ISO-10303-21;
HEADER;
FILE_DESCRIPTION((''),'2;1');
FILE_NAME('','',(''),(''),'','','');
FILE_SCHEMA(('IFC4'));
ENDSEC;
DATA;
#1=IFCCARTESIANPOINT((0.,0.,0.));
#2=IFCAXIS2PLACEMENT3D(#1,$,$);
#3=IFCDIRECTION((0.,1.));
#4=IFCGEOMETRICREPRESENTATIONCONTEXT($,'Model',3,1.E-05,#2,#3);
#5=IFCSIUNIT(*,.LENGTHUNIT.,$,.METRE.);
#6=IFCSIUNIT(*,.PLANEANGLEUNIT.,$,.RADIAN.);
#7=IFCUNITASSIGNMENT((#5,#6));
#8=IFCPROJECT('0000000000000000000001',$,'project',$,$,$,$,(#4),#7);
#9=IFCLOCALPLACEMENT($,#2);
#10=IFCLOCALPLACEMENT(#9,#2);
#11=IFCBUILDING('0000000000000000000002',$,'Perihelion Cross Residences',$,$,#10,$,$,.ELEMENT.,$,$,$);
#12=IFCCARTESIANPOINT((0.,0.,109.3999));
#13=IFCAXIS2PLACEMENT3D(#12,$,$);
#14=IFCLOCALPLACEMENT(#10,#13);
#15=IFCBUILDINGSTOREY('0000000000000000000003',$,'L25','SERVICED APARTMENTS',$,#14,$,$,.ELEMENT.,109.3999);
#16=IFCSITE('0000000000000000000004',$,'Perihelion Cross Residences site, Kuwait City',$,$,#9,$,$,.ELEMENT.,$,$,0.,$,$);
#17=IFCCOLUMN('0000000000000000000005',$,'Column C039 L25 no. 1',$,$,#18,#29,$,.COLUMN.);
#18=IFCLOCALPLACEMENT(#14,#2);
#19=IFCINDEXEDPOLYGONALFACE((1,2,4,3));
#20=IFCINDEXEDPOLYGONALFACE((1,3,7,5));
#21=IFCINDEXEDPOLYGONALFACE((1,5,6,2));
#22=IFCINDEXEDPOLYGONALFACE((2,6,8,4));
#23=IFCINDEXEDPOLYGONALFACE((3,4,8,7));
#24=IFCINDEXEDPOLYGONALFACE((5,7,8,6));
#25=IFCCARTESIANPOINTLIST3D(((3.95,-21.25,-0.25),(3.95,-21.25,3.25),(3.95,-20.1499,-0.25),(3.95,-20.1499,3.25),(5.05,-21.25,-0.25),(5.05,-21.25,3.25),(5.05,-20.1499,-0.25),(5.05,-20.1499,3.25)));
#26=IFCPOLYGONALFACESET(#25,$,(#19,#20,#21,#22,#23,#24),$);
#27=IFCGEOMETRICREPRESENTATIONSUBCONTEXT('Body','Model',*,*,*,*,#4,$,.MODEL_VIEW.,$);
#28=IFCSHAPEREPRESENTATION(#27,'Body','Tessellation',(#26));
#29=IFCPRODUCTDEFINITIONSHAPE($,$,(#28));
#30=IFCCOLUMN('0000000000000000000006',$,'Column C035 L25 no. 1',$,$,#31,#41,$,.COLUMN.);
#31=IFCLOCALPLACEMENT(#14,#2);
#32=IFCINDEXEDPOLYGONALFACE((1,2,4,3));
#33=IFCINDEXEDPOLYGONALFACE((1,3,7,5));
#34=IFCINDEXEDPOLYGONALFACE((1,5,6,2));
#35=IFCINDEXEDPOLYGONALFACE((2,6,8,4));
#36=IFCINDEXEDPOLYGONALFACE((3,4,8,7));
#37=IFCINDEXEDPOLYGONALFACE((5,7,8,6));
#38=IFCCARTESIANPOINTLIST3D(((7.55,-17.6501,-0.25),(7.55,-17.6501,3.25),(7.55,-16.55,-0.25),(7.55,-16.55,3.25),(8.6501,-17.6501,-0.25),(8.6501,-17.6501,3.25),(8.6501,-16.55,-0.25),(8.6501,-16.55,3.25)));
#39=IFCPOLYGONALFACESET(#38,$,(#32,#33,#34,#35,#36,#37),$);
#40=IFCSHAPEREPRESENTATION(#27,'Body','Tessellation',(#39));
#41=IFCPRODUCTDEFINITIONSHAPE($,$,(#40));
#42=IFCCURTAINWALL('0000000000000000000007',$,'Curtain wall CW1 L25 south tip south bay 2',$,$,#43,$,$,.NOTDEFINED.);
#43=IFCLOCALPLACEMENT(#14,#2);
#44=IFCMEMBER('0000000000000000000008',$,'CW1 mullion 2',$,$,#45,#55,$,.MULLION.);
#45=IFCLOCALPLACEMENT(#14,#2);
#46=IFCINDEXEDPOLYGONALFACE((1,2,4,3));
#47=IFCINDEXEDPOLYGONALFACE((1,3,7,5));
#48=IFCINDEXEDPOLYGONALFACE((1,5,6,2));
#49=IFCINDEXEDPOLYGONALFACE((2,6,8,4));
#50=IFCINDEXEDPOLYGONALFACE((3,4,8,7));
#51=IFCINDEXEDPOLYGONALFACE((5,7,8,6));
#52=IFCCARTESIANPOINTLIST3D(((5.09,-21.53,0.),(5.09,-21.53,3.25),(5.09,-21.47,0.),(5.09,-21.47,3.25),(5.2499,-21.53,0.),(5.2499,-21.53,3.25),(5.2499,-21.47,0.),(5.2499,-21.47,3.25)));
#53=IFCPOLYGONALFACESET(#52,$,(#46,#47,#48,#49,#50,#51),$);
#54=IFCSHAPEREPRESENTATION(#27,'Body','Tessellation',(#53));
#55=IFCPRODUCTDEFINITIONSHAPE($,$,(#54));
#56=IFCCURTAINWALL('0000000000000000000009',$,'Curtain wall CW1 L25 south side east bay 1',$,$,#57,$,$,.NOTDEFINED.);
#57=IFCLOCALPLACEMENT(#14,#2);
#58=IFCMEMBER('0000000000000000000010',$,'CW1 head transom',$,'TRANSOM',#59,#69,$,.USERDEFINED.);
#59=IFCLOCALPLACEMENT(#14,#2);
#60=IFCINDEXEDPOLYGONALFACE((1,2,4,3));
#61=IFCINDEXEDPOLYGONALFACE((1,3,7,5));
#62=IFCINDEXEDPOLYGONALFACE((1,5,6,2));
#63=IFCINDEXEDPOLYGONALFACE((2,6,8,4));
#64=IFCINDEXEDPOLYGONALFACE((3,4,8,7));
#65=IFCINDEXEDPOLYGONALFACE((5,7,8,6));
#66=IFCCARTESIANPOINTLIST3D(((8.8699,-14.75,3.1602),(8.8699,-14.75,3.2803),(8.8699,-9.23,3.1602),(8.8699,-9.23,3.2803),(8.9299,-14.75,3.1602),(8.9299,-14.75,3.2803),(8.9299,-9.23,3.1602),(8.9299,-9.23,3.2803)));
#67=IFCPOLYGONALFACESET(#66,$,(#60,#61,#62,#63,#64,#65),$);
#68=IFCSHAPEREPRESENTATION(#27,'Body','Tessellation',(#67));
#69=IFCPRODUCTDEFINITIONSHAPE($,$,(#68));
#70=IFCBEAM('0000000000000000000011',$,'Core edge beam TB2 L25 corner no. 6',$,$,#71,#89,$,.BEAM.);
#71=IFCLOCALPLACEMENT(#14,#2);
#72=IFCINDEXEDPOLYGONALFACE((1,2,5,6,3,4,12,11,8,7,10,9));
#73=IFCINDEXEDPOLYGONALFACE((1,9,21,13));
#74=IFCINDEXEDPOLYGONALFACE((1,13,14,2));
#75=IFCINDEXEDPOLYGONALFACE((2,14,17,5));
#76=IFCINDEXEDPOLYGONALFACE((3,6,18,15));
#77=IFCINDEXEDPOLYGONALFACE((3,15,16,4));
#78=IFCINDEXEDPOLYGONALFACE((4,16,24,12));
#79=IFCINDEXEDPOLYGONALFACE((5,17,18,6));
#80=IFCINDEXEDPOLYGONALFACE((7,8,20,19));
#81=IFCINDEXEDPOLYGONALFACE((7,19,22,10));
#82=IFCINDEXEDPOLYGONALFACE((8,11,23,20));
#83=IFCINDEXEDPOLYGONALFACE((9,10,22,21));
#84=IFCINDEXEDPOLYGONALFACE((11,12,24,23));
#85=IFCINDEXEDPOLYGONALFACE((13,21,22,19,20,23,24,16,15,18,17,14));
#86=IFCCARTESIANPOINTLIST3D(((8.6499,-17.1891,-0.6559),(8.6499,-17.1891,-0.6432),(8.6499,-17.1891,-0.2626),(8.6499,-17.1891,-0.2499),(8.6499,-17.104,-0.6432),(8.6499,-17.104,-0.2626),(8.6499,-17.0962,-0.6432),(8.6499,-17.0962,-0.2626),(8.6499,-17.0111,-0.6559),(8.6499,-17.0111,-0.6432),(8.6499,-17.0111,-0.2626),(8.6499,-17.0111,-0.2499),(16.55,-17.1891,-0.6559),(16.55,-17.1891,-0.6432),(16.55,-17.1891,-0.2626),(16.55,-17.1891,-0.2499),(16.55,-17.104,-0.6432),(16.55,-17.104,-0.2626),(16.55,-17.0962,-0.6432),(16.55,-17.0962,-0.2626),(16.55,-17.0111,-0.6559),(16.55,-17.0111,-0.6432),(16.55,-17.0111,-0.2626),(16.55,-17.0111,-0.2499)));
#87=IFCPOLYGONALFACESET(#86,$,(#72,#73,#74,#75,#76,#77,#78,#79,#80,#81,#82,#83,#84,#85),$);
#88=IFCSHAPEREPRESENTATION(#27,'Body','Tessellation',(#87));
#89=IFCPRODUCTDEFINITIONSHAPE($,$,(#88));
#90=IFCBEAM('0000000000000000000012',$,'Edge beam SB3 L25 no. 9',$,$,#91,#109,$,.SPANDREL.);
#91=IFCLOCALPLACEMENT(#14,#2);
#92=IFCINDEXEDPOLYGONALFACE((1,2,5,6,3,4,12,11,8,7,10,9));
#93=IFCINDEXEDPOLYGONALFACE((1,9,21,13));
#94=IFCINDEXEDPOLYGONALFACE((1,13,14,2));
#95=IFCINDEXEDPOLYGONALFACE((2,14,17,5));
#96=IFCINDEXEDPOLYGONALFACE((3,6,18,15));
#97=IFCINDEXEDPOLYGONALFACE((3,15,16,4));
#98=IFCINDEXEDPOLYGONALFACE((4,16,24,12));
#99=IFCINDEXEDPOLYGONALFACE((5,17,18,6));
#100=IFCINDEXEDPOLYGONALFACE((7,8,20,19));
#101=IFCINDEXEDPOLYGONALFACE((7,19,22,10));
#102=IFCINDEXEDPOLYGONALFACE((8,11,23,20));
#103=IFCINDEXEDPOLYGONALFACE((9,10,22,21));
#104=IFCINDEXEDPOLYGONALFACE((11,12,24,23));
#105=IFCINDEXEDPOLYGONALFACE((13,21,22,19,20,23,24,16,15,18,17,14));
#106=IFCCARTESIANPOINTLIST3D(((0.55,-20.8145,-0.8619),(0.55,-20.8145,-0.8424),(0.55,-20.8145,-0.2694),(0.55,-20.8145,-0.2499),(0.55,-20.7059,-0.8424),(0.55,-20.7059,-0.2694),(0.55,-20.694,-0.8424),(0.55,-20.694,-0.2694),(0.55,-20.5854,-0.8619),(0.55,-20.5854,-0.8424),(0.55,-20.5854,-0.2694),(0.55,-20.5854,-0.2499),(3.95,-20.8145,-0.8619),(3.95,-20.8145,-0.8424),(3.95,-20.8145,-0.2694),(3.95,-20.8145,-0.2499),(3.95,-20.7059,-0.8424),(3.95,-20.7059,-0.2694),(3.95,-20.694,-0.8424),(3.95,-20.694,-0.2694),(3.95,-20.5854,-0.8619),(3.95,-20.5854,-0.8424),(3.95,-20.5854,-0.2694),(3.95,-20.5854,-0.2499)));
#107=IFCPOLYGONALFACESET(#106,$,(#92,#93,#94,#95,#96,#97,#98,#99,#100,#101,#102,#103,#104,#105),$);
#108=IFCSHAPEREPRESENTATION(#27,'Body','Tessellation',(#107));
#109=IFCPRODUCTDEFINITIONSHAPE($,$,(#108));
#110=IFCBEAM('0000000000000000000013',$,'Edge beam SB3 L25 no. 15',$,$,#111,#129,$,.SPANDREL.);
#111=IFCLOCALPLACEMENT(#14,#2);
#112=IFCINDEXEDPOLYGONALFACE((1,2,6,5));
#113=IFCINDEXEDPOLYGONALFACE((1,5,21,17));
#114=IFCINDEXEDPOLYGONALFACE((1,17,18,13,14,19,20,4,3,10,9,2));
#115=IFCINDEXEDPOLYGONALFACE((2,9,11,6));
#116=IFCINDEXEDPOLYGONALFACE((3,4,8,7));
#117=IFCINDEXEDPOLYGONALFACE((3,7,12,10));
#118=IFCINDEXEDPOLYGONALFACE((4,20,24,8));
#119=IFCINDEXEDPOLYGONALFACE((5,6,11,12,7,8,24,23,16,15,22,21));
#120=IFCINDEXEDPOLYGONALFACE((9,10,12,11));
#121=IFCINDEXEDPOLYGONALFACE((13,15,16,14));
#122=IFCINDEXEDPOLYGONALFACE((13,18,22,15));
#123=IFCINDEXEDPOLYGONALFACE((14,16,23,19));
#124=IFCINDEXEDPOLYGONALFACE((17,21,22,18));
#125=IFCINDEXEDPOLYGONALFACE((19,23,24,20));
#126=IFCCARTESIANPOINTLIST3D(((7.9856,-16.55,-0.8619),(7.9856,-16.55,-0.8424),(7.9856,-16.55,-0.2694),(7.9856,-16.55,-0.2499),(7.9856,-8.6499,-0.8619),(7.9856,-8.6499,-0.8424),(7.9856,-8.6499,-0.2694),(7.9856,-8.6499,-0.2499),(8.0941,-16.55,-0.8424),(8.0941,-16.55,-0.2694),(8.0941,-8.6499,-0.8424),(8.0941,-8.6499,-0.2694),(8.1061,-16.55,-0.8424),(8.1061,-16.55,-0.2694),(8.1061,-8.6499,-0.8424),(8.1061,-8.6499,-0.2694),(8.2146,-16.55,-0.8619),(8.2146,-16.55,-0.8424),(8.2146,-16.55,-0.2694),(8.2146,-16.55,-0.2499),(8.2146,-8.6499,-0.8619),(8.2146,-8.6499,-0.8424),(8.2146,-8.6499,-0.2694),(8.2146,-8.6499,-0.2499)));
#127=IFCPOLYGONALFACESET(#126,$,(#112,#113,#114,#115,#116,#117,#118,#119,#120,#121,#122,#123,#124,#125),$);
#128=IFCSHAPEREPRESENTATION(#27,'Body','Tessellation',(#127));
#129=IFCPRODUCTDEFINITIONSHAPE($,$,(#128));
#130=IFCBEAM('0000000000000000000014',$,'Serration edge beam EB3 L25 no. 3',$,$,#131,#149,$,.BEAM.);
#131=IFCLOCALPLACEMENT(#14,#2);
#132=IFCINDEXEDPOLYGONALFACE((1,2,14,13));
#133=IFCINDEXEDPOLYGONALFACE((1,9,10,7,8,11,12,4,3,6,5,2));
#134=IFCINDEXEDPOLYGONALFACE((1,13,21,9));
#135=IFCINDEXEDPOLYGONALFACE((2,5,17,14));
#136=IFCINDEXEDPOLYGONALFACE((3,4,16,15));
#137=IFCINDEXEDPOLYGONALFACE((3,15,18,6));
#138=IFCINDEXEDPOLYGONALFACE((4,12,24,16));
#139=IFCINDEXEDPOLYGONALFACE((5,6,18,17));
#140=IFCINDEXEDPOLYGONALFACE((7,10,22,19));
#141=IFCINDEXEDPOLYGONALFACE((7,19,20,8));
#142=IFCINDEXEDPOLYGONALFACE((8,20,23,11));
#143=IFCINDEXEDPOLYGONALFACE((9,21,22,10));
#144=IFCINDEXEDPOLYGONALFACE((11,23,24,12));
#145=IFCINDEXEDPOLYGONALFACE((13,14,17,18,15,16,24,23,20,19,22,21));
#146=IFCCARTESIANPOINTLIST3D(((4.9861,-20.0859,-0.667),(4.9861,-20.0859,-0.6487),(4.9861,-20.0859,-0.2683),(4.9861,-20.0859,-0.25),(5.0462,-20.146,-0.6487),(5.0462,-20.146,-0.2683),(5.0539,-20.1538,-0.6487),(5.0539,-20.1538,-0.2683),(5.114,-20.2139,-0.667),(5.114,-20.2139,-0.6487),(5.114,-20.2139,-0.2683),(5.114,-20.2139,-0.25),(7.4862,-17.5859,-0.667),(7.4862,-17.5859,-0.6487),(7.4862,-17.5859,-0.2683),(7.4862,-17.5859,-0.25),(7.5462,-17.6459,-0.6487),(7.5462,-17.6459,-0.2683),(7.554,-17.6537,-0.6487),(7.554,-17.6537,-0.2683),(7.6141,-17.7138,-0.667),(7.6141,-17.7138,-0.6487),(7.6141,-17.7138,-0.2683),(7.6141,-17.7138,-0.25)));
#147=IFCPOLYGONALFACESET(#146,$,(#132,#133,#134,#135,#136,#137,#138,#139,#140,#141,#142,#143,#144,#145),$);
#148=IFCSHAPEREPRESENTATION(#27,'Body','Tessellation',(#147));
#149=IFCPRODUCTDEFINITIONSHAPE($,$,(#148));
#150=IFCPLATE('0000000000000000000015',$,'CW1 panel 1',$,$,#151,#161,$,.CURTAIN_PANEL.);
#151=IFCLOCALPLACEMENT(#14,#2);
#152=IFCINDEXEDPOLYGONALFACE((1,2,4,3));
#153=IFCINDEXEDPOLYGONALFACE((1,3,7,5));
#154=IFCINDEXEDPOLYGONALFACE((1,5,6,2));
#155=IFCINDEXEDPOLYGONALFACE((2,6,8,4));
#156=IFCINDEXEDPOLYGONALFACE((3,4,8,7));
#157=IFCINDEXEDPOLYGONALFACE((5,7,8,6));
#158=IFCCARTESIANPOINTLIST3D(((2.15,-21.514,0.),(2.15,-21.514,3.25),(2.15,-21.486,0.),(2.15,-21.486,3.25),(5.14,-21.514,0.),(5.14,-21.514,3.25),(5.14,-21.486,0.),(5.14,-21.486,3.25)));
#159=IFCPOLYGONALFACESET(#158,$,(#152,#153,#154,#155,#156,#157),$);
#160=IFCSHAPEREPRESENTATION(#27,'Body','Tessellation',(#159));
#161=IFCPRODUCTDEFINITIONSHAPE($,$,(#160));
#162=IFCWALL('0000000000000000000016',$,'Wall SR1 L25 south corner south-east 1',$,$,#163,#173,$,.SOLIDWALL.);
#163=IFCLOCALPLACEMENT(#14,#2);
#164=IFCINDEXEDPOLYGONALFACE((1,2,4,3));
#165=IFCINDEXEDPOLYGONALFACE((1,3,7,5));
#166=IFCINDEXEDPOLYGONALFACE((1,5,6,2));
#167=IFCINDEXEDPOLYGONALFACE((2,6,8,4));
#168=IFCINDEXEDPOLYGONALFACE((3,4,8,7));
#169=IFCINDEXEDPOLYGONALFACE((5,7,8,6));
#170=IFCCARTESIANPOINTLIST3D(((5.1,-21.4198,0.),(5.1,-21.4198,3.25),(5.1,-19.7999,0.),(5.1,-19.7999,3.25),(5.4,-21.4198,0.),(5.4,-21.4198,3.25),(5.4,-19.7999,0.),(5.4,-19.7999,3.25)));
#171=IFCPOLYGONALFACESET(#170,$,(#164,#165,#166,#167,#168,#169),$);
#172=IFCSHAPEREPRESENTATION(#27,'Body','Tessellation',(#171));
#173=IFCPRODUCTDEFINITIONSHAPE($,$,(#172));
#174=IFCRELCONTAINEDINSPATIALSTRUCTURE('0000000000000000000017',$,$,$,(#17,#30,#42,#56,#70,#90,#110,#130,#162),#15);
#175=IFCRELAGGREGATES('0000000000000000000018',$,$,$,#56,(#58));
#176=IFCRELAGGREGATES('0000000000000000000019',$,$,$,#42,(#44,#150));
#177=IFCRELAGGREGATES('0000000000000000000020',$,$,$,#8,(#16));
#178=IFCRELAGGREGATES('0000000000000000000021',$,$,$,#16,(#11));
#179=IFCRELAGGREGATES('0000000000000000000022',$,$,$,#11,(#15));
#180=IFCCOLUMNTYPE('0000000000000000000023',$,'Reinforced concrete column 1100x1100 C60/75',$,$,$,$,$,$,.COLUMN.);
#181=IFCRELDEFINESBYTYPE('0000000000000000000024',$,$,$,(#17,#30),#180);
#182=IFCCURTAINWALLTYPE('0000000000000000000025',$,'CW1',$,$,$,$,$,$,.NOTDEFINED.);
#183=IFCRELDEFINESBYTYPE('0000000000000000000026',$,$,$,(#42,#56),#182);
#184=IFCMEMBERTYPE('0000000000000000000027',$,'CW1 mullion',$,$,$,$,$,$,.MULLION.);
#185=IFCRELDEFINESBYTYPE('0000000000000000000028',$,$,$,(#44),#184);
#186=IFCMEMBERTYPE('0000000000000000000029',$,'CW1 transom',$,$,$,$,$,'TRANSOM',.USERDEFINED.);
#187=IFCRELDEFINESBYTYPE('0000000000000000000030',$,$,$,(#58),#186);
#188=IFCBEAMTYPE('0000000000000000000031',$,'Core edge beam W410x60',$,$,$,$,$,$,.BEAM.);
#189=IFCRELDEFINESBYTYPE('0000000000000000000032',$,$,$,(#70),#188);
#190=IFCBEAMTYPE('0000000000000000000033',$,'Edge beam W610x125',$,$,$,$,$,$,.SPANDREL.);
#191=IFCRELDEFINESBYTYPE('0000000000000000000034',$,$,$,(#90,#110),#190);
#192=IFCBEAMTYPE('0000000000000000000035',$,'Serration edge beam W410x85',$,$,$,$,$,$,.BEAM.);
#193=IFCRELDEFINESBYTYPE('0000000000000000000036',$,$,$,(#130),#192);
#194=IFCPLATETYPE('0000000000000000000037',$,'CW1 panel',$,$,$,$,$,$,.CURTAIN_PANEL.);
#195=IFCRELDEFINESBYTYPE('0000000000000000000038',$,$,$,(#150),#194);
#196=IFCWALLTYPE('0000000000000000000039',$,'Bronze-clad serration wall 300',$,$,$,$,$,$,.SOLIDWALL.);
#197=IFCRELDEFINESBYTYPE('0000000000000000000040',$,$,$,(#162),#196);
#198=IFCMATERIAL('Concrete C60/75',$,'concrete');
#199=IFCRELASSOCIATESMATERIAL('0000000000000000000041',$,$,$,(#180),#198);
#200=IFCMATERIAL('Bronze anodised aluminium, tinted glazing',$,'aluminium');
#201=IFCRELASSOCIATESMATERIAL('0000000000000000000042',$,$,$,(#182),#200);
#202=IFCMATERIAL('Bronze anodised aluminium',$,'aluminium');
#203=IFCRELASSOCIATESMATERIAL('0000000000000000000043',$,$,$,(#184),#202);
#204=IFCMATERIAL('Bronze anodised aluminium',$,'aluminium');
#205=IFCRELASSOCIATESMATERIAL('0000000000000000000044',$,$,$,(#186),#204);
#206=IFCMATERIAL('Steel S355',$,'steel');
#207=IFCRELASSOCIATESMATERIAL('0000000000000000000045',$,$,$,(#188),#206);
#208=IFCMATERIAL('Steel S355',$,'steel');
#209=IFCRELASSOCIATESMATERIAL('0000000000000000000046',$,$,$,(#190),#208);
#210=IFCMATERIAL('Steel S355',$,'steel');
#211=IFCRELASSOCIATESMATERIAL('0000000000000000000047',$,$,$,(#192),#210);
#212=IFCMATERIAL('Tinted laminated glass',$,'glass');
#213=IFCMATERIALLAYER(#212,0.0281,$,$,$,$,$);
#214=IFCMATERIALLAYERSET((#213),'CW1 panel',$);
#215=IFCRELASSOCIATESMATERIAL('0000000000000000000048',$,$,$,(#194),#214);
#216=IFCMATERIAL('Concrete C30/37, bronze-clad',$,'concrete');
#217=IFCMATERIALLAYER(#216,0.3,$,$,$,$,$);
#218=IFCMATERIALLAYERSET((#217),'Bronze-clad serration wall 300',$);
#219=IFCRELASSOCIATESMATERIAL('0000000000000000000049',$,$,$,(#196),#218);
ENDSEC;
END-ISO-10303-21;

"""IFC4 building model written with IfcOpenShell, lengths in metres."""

from ifc_helpers import new_model, si_unit, direction, frame, frame_2d, origin, origin_2d, place, context, subcontext, project, spatial, rectangle, i_section, extrude, material, layer, layer_set, material_profile, profile_set, type_object, element, aggregate, save


model = new_model("IFC4")

# Units and contexts
model_context = context("Model", 3, precision=1e-05, world=origin(), true_north=direction((0.0, 1.0)))
body_context = subcontext(model_context, "Body", "Model", "MODEL_VIEW")
ifc_project = project(units=[si_unit("LENGTHUNIT", "METRE"), si_unit("PLANEANGLEUNIT", "RADIAN")], contexts=[model_context])

# Site, building, storey
site_placement = place(None, origin())
site = spatial("IfcSite", under=ifc_project, at=site_placement, Name="Perihelion Cross Residences site, Kuwait City", CompositionType="ELEMENT", RefElevation=0.0)
building_placement = place(site_placement, origin())
building = spatial("IfcBuilding", under=site, at=building_placement, Name="Perihelion Cross Residences", CompositionType="ELEMENT")
storey_placement = place(building_placement, frame((0.0, 0.0, 109.3999)))
storey = spatial("IfcBuildingStorey", under=building, at=storey_placement, Name="L25", Description="SERVICED APARTMENTS", CompositionType="ELEMENT", Elevation=109.3999)

# Columns
ifc_material_1 = material(Name="Concrete C60/75", Category="concrete")
ifc_material_profile_1 = material_profile(ifc_material_1, rectangle(XDim=1.1001, YDim=1.1001, at=origin_2d()), Name="RC 1100x1100")
ifc_profile_set_1 = profile_set([ifc_material_profile_1], Name="Concrete C60/75")
column_type = type_object("IfcColumnType", Name="Reinforced concrete column 1100x1100 C60/75", PredefinedType="COLUMN", material=ifc_profile_set_1)
for number, where, z_axis, x_axis, name in (
    (1, (4.5, -20.7, -0.25), (0.0, 0.0, 1.0), (1.0, 0.0, 0.0), "Column C039 L25 no. 1"),
    (2, (8.1001, -17.1001, -0.25), (0.0, 0.0, 1.0), (1.0, 0.0, 0.0), "Column C035 L25 no. 1"),
):
    element("IfcColumn", number, at=place(storey_placement, frame(where, z_axis=z_axis, x_axis=x_axis)), inside=storey, type_object=column_type, Name=name, PredefinedType="COLUMN", context=body_context, shape_type="SweptSolid", body=[
        extrude(rectangle(XDim=1.1001, YDim=1.1001, at=origin_2d()), origin(), (0.0, 0.0, 1.0), 3.5),
    ])

# Curtain walls, members
ifc_material_2 = material(Name="Bronze anodised aluminium, tinted glazing", Category="aluminium")
curtain_wall_type = type_object("IfcCurtainWallType", Name="CW1", PredefinedType="NOTDEFINED", material=ifc_material_2)
curtain_wall_1_placement = place(storey_placement, origin())
curtain_wall_1 = element("IfcCurtainWall", 3, at=curtain_wall_1_placement, inside=storey, type_object=curtain_wall_type, Name="Curtain wall CW1 L25 south tip south bay 2", PredefinedType="NOTDEFINED")
ifc_material_3 = material(Name="Bronze anodised aluminium", Category="aluminium")
ifc_material_profile_2 = material_profile(ifc_material_3, rectangle(XDim=0.0601, YDim=0.1599, at=origin_2d()), Name="CW1 mullion")
ifc_profile_set_2 = profile_set([ifc_material_profile_2], Name="Bronze anodised aluminium")
member_type_1 = type_object("IfcMemberType", Name="CW1 mullion", PredefinedType="MULLION", material=ifc_profile_set_2)
member_1_placement = place(storey_placement, frame((5.1699, -21.5, 0.0), z_axis=(0.0, 0.0, 1.0), x_axis=(0.0, 1.0, 0.0)))
member_1 = element("IfcMember", 4, at=member_1_placement, type_object=member_type_1, Name="CW1 mullion 2", PredefinedType="MULLION", context=body_context, shape_type="SweptSolid", body=[
    extrude(rectangle(XDim=0.0601, YDim=0.1599, at=origin_2d()), origin(), (0.0, 0.0, 1.0), 3.25),
])
curtain_wall_2_placement = place(storey_placement, origin())
curtain_wall_2 = element("IfcCurtainWall", 5, at=curtain_wall_2_placement, inside=storey, type_object=curtain_wall_type, Name="Curtain wall CW1 L25 south side east bay 1", PredefinedType="NOTDEFINED")
ifc_material_4 = material(Name="Bronze anodised aluminium", Category="aluminium")
ifc_material_profile_3 = material_profile(ifc_material_4, rectangle(XDim=0.0601, YDim=0.1201, at=origin_2d()), Name="CW1 transom")
ifc_profile_set_3 = profile_set([ifc_material_profile_3], Name="Bronze anodised aluminium")
member_type_2 = type_object("IfcMemberType", Name="CW1 transom", ElementType="TRANSOM", PredefinedType="USERDEFINED", material=ifc_profile_set_3)
member_2_placement = place(storey_placement, frame((8.8999, -14.75, 3.2202), z_axis=(0.0, 1.0, 0.0), x_axis=(-1.0, 0.0, 0.0)))
member_2 = element("IfcMember", 6, at=member_2_placement, type_object=member_type_2, Name="CW1 head transom", ObjectType="TRANSOM", PredefinedType="USERDEFINED", context=body_context, shape_type="SweptSolid", body=[
    extrude(rectangle(XDim=0.0601, YDim=0.1201, at=origin_2d()), origin(), (0.0, 0.0, 1.0), 5.52),
])
aggregate(curtain_wall_2, [member_2])

# Beams
ifc_material_5 = material(Name="Steel S355", Category="steel")
ifc_material_profile_4 = material_profile(ifc_material_5, i_section(OverallWidth=0.178, OverallDepth=0.406, WebThickness=0.0078, FlangeThickness=0.0127, at=origin_2d()), Name="W410x60")
ifc_profile_set_4 = profile_set([ifc_material_profile_4], Name="Steel S355")
beam_type_1 = type_object("IfcBeamType", Name="Core edge beam W410x60", PredefinedType="BEAM", material=ifc_profile_set_4)
beam_1_placement = place(storey_placement, frame((8.6499, -17.1001, -0.4529), z_axis=(1.0, 0.0, 0.0), x_axis=(0.0, 1.0, 0.0)))
element("IfcBeam", 7, at=beam_1_placement, inside=storey, type_object=beam_type_1, Name="Core edge beam TB2 L25 corner no. 6", PredefinedType="BEAM", context=body_context, shape_type="SweptSolid", body=[
    extrude(i_section(OverallWidth=0.178, OverallDepth=0.406, WebThickness=0.0078, FlangeThickness=0.0127, at=origin_2d()), origin(), (0.0, 0.0, 1.0), 7.9001),
])
ifc_material_6 = material(Name="Steel S355", Category="steel")
ifc_material_profile_5 = material_profile(ifc_material_6, i_section(OverallWidth=0.229, OverallDepth=0.6121, WebThickness=0.012, FlangeThickness=0.0195, at=origin_2d()), Name="W610x125")
ifc_profile_set_5 = profile_set([ifc_material_profile_5], Name="Steel S355")
beam_type_2 = type_object("IfcBeamType", Name="Edge beam W610x125", PredefinedType="SPANDREL", material=ifc_profile_set_5)
beam_2_placement = place(storey_placement, frame((0.55, -20.7, -0.5559), z_axis=(1.0, 0.0, 0.0), x_axis=(0.0, 1.0, 0.0)))
element("IfcBeam", 8, at=beam_2_placement, inside=storey, type_object=beam_type_2, Name="Edge beam SB3 L25 no. 9", PredefinedType="SPANDREL", context=body_context, shape_type="SweptSolid", body=[
    extrude(i_section(OverallWidth=0.229, OverallDepth=0.6121, WebThickness=0.012, FlangeThickness=0.0195, at=origin_2d()), origin(), (0.0, 0.0, 1.0), 3.3999),
])
beam_3_placement = place(storey_placement, frame((8.1001, -16.55, -0.5559), z_axis=(0.0, 1.0, 0.0), x_axis=(-1.0, 0.0, 0.0)))
element("IfcBeam", 9, at=beam_3_placement, inside=storey, type_object=beam_type_2, Name="Edge beam SB3 L25 no. 15", PredefinedType="SPANDREL", context=body_context, shape_type="SweptSolid", body=[
    extrude(i_section(OverallWidth=0.229, OverallDepth=0.6121, WebThickness=0.012, FlangeThickness=0.0195, at=origin_2d()), origin(), (0.0, 0.0, 1.0), 7.9001),
])
ifc_material_7 = material(Name="Steel S355", Category="steel")
ifc_material_profile_6 = material_profile(ifc_material_7, i_section(OverallWidth=0.1809, OverallDepth=0.417, WebThickness=0.011, FlangeThickness=0.0183, at=origin_2d()), Name="W410x85")
ifc_profile_set_6 = profile_set([ifc_material_profile_6], Name="Steel S355")
beam_type_3 = type_object("IfcBeamType", Name="Serration edge beam W410x85", PredefinedType="BEAM", material=ifc_profile_set_6)
beam_4_placement = place(storey_placement, frame((5.05, -20.1499, -0.4585), z_axis=(0.707107, 0.707107, 0.0), x_axis=(-0.707107, 0.707107, 0.0)))
element("IfcBeam", 10, at=beam_4_placement, inside=storey, type_object=beam_type_3, Name="Serration edge beam EB3 L25 no. 3", PredefinedType="BEAM", context=body_context, shape_type="SweptSolid", body=[
    extrude(i_section(OverallWidth=0.1809, OverallDepth=0.417, WebThickness=0.011, FlangeThickness=0.0183, at=origin_2d()), origin(), (0.0, 0.0, 1.0), 3.5356),
])

# Plate
ifc_material_8 = material(Name="Tinted laminated glass", Category="glass")
ifc_layer_1 = layer(ifc_material_8, 0.0281)
ifc_layer_set_1 = layer_set([ifc_layer_1], Name="CW1 panel")
plate_type = type_object("IfcPlateType", Name="CW1 panel", PredefinedType="CURTAIN_PANEL", material=ifc_layer_set_1)
plate_placement = place(storey_placement, frame((3.645, -21.5, 0.0), z_axis=(0.0, 0.0, 1.0), x_axis=(1.0, 0.0, 0.0)))
plate = element("IfcPlate", 11, at=plate_placement, type_object=plate_type, Name="CW1 panel 1", PredefinedType="CURTAIN_PANEL", context=body_context, shape_type="SweptSolid", body=[
    extrude(rectangle(XDim=2.99, YDim=0.0281, at=origin_2d()), origin(), (0.0, 0.0, 1.0), 3.25),
])
aggregate(curtain_wall_1, [member_1, plate])

# Wall
ifc_material_9 = material(Name="Concrete C30/37, bronze-clad", Category="concrete")
ifc_layer_2 = layer(ifc_material_9, 0.3)
ifc_layer_set_2 = layer_set([ifc_layer_2], Name="Bronze-clad serration wall 300")
wall_type_1 = type_object("IfcWallType", Name="Bronze-clad serration wall 300", PredefinedType="SOLIDWALL", material=ifc_layer_set_2)
wall_1_placement = place(storey_placement, frame((5.25, -21.4199, 0.0), z_axis=(0.0, 0.0, 1.0), x_axis=(0.0, 1.0, 0.0)))
element("IfcWall", 12, at=wall_1_placement, inside=storey, type_object=wall_type_1, Name="Wall SR1 L25 south corner south-east 1", PredefinedType="SOLIDWALL", context=body_context, shape_type="SweptSolid", body=[
    extrude(rectangle(XDim=1.6199, YDim=0.3, at=frame_2d((0.8101, 0.0))), origin(), (0.0, 0.0, 1.0), 3.25),
])

save(model, "model.ifc")
